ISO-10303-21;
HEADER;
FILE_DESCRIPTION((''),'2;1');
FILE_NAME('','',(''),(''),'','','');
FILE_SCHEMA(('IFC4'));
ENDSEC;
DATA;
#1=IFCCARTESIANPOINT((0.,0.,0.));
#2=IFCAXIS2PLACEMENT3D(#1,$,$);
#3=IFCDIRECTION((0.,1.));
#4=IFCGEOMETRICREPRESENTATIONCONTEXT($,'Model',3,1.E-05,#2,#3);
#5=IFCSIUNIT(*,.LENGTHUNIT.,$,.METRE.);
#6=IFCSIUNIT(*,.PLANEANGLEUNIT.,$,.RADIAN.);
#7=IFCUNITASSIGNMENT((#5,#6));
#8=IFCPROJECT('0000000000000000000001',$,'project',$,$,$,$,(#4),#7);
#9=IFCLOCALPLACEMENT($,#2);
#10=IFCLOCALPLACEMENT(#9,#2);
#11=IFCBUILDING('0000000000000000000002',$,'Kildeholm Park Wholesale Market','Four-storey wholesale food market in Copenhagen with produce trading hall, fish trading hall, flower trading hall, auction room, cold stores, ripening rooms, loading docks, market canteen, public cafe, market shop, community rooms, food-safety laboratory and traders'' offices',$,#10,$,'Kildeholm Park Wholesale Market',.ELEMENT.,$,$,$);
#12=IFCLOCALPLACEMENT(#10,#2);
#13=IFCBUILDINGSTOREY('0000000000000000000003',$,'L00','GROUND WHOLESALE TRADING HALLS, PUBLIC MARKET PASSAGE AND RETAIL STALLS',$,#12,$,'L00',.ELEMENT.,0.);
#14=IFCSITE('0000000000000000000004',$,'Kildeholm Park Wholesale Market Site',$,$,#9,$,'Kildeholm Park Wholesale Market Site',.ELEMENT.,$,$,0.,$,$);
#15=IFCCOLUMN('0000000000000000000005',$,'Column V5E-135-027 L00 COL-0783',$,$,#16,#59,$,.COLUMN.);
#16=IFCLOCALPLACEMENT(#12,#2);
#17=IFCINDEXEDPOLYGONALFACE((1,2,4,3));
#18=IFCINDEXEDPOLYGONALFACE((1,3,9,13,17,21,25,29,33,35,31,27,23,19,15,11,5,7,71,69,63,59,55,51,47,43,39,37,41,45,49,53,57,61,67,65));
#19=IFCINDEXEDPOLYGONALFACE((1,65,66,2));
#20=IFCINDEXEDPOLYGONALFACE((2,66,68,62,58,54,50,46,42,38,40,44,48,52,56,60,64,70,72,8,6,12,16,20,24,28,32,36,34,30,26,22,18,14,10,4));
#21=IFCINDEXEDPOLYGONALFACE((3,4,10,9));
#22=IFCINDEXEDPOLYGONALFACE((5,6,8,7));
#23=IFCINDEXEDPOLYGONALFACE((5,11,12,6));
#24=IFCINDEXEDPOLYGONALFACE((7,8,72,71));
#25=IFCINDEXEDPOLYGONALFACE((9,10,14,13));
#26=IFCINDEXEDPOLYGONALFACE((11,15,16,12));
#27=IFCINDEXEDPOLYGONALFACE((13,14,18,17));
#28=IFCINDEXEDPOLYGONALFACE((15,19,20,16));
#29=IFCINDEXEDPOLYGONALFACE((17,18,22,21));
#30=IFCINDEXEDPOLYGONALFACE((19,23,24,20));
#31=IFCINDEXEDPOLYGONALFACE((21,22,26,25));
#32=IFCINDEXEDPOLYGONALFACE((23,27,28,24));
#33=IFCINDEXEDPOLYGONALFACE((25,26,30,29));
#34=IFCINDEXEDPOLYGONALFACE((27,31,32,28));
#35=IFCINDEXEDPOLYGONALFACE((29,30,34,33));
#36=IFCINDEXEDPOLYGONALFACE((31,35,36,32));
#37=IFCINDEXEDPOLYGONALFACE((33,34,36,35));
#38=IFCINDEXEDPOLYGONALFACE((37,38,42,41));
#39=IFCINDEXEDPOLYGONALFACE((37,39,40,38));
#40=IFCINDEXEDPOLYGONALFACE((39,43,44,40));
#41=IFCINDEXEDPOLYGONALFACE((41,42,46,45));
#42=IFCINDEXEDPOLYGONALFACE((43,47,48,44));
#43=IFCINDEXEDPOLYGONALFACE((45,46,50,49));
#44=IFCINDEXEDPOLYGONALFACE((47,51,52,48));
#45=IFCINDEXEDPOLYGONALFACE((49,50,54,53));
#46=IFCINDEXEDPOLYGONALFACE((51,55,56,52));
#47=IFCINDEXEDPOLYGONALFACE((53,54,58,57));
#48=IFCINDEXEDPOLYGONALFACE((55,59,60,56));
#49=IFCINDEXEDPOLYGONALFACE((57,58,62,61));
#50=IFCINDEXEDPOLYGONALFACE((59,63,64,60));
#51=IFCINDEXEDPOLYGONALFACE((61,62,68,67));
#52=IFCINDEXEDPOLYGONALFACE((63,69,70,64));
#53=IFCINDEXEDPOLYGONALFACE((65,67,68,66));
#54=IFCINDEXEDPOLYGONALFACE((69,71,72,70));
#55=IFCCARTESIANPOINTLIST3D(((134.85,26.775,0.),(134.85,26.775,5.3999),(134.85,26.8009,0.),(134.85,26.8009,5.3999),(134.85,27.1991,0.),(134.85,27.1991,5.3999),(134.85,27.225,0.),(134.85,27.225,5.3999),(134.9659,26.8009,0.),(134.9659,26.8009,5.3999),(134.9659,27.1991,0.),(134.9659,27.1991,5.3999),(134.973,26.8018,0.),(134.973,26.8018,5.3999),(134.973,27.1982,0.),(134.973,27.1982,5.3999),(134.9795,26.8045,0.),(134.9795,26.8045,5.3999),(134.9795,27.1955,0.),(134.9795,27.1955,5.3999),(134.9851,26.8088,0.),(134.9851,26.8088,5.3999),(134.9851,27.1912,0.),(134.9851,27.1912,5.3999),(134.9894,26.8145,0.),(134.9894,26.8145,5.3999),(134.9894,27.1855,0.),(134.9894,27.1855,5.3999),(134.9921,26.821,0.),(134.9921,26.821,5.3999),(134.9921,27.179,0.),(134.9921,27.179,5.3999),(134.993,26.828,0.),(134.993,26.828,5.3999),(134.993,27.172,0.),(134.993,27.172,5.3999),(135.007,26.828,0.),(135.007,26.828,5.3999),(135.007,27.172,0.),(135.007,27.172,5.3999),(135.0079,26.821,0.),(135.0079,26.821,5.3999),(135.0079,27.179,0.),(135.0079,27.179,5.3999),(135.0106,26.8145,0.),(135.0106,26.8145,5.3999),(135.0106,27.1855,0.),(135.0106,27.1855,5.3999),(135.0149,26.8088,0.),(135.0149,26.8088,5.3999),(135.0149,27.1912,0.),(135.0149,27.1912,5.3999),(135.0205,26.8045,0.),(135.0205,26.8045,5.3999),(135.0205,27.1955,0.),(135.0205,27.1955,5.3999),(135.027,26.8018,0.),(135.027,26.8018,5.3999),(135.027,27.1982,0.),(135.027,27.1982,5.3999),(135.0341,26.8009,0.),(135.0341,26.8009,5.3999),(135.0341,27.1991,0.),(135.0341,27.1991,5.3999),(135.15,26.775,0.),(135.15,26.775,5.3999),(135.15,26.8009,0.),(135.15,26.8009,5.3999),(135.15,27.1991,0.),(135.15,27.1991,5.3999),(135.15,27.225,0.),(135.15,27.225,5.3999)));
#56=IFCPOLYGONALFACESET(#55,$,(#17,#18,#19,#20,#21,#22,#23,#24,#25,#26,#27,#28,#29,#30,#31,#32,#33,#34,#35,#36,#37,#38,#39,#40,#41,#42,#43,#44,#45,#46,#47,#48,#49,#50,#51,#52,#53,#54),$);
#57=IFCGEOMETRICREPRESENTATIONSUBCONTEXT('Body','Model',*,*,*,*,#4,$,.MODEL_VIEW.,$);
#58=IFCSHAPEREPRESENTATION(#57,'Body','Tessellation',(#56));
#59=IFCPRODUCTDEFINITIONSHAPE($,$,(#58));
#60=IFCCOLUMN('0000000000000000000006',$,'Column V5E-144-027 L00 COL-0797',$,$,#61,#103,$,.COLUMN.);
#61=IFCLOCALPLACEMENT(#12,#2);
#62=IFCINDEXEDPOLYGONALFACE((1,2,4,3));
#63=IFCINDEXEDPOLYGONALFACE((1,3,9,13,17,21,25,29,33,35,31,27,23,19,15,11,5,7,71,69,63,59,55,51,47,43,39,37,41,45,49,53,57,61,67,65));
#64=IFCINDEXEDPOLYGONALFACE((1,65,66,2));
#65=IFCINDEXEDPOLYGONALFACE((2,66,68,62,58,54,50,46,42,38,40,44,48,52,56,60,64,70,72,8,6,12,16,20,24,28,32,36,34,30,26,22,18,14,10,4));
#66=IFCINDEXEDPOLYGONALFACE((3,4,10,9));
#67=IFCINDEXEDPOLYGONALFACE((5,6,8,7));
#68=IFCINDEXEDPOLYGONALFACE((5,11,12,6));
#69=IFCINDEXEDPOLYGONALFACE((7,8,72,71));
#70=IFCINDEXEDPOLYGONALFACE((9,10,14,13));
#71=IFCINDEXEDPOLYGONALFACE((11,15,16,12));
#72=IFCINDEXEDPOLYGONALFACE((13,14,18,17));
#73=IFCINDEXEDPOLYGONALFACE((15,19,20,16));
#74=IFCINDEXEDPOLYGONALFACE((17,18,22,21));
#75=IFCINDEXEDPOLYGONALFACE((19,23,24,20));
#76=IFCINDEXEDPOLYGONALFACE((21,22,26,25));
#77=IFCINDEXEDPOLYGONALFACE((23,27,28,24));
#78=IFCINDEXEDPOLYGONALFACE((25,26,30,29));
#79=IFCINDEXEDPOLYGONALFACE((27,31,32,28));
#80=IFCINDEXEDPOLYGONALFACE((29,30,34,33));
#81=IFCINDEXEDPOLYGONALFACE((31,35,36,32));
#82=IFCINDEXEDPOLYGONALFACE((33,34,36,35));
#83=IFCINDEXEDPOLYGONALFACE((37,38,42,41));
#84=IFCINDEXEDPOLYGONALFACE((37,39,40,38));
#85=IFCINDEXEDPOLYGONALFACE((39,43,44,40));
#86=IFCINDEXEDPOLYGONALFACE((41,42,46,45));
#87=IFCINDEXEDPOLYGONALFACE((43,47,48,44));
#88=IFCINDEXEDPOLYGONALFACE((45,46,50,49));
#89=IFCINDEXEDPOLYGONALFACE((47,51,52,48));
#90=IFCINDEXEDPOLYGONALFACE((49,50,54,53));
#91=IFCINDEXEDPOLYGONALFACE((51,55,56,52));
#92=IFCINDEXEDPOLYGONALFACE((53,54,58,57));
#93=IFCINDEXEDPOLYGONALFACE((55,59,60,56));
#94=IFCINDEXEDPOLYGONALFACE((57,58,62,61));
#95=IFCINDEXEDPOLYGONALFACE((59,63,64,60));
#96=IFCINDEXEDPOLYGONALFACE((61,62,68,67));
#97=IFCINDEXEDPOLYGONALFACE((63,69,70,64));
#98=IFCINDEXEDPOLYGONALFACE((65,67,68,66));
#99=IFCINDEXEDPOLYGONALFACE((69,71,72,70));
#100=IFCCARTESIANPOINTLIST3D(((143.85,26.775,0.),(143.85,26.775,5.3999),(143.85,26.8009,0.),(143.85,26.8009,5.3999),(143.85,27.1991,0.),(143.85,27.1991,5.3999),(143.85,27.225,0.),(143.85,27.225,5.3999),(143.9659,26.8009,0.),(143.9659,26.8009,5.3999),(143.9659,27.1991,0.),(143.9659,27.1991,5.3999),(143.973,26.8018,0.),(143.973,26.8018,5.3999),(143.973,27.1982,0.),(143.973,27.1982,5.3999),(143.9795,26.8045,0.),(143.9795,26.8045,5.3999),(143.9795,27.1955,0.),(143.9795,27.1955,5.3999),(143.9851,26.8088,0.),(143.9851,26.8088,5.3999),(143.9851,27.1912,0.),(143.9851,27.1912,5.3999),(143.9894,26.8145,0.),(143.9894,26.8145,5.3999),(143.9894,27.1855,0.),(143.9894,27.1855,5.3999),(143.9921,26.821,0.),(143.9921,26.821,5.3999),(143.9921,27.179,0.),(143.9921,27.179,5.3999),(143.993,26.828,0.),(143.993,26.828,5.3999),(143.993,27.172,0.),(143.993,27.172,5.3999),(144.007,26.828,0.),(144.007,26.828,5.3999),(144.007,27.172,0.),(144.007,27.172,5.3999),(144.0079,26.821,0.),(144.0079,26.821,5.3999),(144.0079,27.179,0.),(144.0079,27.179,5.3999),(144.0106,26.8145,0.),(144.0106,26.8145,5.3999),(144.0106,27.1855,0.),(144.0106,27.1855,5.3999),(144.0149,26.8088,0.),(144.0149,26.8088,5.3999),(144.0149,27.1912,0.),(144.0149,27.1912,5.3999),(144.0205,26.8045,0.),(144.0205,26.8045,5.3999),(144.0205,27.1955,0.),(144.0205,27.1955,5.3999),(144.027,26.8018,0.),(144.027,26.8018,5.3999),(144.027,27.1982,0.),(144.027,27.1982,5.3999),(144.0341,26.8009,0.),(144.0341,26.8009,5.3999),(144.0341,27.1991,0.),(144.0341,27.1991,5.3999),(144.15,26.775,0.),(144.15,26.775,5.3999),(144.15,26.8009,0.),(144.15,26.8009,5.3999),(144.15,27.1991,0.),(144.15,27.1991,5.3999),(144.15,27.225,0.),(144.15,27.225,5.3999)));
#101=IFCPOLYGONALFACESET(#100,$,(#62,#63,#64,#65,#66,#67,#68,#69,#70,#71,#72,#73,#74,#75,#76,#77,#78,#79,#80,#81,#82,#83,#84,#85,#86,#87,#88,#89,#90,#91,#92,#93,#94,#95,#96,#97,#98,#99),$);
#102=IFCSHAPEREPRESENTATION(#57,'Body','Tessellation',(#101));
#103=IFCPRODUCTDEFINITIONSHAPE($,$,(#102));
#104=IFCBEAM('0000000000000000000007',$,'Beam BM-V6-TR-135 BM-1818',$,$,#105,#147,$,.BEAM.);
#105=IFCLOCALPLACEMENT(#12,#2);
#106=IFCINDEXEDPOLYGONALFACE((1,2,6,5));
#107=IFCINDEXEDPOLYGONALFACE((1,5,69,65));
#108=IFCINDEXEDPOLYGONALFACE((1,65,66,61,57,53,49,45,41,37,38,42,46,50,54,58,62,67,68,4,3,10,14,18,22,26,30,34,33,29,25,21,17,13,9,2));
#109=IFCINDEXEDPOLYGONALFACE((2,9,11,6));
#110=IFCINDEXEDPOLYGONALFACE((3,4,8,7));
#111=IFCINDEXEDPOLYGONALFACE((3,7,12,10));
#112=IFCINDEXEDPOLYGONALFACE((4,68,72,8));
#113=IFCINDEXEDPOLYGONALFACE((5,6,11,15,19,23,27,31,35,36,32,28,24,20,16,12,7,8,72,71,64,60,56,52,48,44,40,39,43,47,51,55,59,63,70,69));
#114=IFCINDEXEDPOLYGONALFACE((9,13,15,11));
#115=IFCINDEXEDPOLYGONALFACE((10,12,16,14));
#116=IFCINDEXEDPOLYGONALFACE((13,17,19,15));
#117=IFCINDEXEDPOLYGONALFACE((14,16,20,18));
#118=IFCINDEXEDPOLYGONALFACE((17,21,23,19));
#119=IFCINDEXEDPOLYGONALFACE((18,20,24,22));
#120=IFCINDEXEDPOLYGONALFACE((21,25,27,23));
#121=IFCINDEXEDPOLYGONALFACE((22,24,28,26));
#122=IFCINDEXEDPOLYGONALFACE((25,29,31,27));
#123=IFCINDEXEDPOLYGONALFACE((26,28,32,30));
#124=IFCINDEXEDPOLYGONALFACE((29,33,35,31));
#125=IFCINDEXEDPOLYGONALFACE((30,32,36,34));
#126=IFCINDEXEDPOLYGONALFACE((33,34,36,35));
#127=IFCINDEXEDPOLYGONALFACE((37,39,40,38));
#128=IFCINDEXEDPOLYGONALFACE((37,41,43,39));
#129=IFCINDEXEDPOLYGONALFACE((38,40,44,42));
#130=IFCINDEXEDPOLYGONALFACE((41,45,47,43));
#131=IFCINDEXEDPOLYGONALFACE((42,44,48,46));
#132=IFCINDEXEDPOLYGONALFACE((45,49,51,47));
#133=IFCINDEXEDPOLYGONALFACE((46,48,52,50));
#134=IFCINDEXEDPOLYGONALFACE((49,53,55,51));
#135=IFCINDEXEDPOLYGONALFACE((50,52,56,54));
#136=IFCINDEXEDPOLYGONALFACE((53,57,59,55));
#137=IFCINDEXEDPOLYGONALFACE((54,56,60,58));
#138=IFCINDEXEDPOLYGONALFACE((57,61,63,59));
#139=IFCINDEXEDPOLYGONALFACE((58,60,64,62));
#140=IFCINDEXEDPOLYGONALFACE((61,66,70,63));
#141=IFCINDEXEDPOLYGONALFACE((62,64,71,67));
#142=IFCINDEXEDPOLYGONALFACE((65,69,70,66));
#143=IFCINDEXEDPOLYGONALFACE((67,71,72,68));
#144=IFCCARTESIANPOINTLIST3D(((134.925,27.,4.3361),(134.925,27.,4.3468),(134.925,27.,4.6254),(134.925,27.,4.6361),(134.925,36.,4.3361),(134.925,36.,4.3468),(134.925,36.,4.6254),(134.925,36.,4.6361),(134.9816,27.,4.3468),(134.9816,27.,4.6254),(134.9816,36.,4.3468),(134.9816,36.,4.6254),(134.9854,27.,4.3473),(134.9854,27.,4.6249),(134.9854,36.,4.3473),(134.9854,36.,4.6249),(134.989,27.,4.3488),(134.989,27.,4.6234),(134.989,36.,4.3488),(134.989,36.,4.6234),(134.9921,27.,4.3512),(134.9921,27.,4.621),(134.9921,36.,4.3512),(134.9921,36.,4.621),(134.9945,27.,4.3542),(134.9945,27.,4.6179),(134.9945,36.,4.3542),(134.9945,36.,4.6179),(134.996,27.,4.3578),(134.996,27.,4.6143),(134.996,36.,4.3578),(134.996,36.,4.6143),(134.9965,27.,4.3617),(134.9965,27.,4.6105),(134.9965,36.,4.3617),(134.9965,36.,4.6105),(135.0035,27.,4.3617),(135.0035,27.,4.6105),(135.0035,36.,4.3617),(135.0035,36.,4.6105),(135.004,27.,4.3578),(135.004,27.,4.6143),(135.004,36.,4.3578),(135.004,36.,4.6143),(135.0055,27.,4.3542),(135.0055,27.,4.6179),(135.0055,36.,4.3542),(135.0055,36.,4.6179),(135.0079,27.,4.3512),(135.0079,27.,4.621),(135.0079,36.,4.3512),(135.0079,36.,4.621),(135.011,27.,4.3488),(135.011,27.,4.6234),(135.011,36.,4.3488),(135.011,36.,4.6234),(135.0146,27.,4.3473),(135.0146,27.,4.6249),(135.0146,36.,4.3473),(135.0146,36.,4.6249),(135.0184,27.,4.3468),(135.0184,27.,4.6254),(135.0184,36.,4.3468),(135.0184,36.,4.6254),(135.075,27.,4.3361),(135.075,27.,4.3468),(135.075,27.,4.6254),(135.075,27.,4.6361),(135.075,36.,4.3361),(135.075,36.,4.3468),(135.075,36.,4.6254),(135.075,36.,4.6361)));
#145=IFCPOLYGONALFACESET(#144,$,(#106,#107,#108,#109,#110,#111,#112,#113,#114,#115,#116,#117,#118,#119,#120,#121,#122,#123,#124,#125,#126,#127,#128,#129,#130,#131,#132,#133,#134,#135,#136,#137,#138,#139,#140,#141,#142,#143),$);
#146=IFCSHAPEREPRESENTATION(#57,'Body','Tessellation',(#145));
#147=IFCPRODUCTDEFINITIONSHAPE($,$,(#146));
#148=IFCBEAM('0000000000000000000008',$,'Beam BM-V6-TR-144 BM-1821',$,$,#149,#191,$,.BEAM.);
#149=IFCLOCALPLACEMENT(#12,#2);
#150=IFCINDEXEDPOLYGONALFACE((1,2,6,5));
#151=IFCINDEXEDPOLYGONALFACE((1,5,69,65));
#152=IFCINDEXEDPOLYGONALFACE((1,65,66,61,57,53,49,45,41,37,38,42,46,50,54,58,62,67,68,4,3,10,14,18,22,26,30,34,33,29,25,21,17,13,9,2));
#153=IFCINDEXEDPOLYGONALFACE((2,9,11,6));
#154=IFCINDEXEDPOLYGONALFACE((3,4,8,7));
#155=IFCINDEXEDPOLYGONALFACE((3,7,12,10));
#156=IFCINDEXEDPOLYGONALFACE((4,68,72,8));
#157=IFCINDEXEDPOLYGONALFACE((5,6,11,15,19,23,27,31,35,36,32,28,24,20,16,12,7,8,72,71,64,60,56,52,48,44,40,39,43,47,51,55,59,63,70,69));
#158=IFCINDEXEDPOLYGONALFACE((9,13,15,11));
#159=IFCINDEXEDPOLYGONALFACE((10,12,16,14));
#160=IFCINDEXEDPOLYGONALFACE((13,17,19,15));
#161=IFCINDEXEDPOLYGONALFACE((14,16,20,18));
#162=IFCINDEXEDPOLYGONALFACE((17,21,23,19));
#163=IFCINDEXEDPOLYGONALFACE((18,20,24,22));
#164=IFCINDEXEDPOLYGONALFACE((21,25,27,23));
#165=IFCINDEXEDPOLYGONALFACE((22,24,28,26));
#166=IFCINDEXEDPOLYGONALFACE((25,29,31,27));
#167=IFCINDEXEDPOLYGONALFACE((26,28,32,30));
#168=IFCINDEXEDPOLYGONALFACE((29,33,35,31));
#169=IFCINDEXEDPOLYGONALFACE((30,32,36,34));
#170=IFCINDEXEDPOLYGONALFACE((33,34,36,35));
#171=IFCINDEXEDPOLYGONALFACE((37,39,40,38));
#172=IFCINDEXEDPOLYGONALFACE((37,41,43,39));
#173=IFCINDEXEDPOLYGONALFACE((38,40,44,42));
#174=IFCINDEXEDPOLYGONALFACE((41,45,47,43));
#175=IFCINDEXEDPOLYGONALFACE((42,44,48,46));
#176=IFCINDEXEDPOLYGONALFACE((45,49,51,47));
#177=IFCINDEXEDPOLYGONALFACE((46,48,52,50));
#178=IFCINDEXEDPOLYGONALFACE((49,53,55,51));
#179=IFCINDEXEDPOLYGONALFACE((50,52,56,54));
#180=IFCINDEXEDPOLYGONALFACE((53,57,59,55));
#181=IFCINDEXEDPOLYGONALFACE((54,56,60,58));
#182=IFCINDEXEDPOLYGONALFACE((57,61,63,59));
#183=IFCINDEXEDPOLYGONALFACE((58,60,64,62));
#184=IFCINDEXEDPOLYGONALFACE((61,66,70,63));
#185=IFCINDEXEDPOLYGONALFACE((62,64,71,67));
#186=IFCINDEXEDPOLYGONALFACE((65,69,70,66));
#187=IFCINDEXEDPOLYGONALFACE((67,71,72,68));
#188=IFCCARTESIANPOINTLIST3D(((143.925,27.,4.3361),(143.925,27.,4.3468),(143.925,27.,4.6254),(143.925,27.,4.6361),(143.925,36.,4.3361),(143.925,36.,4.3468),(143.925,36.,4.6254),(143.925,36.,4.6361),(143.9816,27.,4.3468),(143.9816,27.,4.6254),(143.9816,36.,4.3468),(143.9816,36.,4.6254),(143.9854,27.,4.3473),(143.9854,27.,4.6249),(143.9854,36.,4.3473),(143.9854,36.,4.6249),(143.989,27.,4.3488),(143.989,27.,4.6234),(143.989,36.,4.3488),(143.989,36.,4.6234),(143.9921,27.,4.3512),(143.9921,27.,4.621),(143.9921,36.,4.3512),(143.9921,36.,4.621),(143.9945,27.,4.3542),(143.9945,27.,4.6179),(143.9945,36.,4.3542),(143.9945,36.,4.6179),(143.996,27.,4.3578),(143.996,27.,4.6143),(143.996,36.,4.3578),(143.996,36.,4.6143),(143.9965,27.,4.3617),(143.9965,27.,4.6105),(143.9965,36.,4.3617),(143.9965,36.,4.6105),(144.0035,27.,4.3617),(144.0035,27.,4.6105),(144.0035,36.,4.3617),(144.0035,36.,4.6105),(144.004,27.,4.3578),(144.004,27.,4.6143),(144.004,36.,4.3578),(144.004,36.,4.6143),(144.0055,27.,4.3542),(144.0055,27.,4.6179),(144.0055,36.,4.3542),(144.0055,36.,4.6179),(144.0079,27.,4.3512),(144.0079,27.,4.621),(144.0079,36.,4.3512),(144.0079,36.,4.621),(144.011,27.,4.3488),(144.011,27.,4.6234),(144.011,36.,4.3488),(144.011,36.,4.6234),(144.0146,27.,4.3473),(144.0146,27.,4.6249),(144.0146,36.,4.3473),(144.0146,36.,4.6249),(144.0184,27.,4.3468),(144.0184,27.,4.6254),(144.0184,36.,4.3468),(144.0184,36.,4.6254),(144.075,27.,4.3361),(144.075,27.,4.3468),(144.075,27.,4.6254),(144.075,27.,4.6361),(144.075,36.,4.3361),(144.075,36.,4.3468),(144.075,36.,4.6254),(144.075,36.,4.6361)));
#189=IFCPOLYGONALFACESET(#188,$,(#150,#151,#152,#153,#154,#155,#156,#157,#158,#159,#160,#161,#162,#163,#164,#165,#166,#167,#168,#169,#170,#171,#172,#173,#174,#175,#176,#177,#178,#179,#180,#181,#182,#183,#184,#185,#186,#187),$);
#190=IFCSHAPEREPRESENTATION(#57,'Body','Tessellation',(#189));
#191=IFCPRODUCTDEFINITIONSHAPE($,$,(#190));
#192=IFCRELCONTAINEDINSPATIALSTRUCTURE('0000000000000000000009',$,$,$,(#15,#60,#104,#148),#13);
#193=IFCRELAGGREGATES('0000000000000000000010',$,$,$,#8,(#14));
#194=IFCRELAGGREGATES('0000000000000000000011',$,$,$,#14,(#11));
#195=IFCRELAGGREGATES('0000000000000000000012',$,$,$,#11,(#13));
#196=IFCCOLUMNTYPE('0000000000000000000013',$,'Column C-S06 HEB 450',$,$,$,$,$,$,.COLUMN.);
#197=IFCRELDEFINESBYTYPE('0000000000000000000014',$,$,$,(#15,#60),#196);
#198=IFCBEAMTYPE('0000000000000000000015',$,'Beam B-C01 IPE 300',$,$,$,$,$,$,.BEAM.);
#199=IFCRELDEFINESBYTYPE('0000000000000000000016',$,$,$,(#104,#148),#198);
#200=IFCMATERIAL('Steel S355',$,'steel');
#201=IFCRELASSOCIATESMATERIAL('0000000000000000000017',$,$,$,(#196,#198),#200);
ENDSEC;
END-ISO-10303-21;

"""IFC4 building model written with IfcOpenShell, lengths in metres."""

from ifc_helpers import new_model, si_unit, direction, frame, origin, origin_2d, place, context, subcontext, project, spatial, i_section, extrude, material, material_profile, profile_set, type_object, element, save


model = new_model("IFC4")

# Units and contexts
model_context = context("Model", 3, precision=1e-05, world=origin(), true_north=direction((0.0, 1.0)))
body_context = subcontext(model_context, "Body", "Model", "MODEL_VIEW")
ifc_project = project(units=[si_unit("LENGTHUNIT", "METRE"), si_unit("PLANEANGLEUNIT", "RADIAN")], contexts=[model_context])

# Site, building, storey
site_placement = place(None, origin())
site = spatial("IfcSite", under=ifc_project, at=site_placement, Name="Kildeholm Park Wholesale Market Site", LongName="Kildeholm Park Wholesale Market Site", CompositionType="ELEMENT", RefElevation=0.0)
building_placement = place(site_placement, origin())
building = spatial("IfcBuilding", under=site, at=building_placement, Name="Kildeholm Park Wholesale Market", Description="Four-storey wholesale food market in Copenhagen with produce trading hall, fish trading hall, flower trading hall, auction room, cold stores, ripening rooms, loading docks, market canteen, public cafe, market shop, community rooms, food-safety laboratory and traders' offices", LongName="Kildeholm Park Wholesale Market", CompositionType="ELEMENT")
storey_placement = place(building_placement, origin())
storey = spatial("IfcBuildingStorey", under=building, at=storey_placement, Name="L00", Description="GROUND WHOLESALE TRADING HALLS, PUBLIC MARKET PASSAGE AND RETAIL STALLS", LongName="L00", CompositionType="ELEMENT", Elevation=0.0)

# Columns
ifc_material_1 = material(Name="Steel S355", Category="steel")
ifc_material_profile_1 = material_profile(ifc_material_1, i_section(OverallWidth=0.3, OverallDepth=0.45, WebThickness=0.0139, FlangeThickness=0.0259, FilletRadius=0.0271, at=origin_2d()), Name="HEB 450")
ifc_profile_set_1 = profile_set([ifc_material_profile_1], Name="Steel S355")
column_type = type_object("IfcColumnType", Name="Column C-S06 HEB 450", PredefinedType="COLUMN", material=ifc_profile_set_1)
for number, where, z_axis, x_axis, name in (
    (1, (135.0, 27.0, 0.0), (0.0, 0.0, 1.0), (1.0, 0.0, 0.0), "Column V5E-135-027 L00 COL-0783"),
    (2, (144.0, 27.0, 0.0), (0.0, 0.0, 1.0), (1.0, 0.0, 0.0), "Column V5E-144-027 L00 COL-0797"),
):
    element("IfcColumn", number, at=place(storey_placement, frame(where, z_axis=z_axis, x_axis=x_axis)), inside=storey, type_object=column_type, Name=name, PredefinedType="COLUMN", context=body_context, shape_type="SweptSolid", body=[
        extrude(i_section(OverallWidth=0.3, OverallDepth=0.45, WebThickness=0.0139, FlangeThickness=0.0259, FilletRadius=0.0271, at=origin_2d()), origin(), (0.0, 0.0, 1.0), 5.3999),
    ])

# Beams
ifc_material_profile_2 = material_profile(ifc_material_1, i_section(OverallWidth=0.1499, OverallDepth=0.3, WebThickness=0.0071, FlangeThickness=0.0107, FilletRadius=0.0149, at=origin_2d()), Name="IPE 300")
ifc_profile_set_2 = profile_set([ifc_material_profile_2], Name="Steel S355")
beam_type_1 = type_object("IfcBeamType", Name="Beam B-C01 IPE 300", PredefinedType="BEAM", material=ifc_profile_set_2)
for number, where, z_axis, x_axis, name in (
    (3, (135.0, 27.0, 4.4861), (0.0, 1.0, 0.0), (-1.0, 0.0, 0.0), "Beam BM-V6-TR-135 BM-1818"),
    (4, (144.0, 27.0, 4.4861), (0.0, 1.0, 0.0), (-1.0, 0.0, 0.0), "Beam BM-V6-TR-144 BM-1821"),
):
    element("IfcBeam", number, at=place(storey_placement, frame(where, z_axis=z_axis, x_axis=x_axis)), inside=storey, type_object=beam_type_1, Name=name, PredefinedType="BEAM", context=body_context, shape_type="SweptSolid", body=[
        extrude(i_section(OverallWidth=0.1499, OverallDepth=0.3, WebThickness=0.0071, FlangeThickness=0.0107, FilletRadius=0.0149, at=origin_2d()), origin(), (0.0, 0.0, 1.0), 9.0),
    ])

save(model, "model.ifc")
